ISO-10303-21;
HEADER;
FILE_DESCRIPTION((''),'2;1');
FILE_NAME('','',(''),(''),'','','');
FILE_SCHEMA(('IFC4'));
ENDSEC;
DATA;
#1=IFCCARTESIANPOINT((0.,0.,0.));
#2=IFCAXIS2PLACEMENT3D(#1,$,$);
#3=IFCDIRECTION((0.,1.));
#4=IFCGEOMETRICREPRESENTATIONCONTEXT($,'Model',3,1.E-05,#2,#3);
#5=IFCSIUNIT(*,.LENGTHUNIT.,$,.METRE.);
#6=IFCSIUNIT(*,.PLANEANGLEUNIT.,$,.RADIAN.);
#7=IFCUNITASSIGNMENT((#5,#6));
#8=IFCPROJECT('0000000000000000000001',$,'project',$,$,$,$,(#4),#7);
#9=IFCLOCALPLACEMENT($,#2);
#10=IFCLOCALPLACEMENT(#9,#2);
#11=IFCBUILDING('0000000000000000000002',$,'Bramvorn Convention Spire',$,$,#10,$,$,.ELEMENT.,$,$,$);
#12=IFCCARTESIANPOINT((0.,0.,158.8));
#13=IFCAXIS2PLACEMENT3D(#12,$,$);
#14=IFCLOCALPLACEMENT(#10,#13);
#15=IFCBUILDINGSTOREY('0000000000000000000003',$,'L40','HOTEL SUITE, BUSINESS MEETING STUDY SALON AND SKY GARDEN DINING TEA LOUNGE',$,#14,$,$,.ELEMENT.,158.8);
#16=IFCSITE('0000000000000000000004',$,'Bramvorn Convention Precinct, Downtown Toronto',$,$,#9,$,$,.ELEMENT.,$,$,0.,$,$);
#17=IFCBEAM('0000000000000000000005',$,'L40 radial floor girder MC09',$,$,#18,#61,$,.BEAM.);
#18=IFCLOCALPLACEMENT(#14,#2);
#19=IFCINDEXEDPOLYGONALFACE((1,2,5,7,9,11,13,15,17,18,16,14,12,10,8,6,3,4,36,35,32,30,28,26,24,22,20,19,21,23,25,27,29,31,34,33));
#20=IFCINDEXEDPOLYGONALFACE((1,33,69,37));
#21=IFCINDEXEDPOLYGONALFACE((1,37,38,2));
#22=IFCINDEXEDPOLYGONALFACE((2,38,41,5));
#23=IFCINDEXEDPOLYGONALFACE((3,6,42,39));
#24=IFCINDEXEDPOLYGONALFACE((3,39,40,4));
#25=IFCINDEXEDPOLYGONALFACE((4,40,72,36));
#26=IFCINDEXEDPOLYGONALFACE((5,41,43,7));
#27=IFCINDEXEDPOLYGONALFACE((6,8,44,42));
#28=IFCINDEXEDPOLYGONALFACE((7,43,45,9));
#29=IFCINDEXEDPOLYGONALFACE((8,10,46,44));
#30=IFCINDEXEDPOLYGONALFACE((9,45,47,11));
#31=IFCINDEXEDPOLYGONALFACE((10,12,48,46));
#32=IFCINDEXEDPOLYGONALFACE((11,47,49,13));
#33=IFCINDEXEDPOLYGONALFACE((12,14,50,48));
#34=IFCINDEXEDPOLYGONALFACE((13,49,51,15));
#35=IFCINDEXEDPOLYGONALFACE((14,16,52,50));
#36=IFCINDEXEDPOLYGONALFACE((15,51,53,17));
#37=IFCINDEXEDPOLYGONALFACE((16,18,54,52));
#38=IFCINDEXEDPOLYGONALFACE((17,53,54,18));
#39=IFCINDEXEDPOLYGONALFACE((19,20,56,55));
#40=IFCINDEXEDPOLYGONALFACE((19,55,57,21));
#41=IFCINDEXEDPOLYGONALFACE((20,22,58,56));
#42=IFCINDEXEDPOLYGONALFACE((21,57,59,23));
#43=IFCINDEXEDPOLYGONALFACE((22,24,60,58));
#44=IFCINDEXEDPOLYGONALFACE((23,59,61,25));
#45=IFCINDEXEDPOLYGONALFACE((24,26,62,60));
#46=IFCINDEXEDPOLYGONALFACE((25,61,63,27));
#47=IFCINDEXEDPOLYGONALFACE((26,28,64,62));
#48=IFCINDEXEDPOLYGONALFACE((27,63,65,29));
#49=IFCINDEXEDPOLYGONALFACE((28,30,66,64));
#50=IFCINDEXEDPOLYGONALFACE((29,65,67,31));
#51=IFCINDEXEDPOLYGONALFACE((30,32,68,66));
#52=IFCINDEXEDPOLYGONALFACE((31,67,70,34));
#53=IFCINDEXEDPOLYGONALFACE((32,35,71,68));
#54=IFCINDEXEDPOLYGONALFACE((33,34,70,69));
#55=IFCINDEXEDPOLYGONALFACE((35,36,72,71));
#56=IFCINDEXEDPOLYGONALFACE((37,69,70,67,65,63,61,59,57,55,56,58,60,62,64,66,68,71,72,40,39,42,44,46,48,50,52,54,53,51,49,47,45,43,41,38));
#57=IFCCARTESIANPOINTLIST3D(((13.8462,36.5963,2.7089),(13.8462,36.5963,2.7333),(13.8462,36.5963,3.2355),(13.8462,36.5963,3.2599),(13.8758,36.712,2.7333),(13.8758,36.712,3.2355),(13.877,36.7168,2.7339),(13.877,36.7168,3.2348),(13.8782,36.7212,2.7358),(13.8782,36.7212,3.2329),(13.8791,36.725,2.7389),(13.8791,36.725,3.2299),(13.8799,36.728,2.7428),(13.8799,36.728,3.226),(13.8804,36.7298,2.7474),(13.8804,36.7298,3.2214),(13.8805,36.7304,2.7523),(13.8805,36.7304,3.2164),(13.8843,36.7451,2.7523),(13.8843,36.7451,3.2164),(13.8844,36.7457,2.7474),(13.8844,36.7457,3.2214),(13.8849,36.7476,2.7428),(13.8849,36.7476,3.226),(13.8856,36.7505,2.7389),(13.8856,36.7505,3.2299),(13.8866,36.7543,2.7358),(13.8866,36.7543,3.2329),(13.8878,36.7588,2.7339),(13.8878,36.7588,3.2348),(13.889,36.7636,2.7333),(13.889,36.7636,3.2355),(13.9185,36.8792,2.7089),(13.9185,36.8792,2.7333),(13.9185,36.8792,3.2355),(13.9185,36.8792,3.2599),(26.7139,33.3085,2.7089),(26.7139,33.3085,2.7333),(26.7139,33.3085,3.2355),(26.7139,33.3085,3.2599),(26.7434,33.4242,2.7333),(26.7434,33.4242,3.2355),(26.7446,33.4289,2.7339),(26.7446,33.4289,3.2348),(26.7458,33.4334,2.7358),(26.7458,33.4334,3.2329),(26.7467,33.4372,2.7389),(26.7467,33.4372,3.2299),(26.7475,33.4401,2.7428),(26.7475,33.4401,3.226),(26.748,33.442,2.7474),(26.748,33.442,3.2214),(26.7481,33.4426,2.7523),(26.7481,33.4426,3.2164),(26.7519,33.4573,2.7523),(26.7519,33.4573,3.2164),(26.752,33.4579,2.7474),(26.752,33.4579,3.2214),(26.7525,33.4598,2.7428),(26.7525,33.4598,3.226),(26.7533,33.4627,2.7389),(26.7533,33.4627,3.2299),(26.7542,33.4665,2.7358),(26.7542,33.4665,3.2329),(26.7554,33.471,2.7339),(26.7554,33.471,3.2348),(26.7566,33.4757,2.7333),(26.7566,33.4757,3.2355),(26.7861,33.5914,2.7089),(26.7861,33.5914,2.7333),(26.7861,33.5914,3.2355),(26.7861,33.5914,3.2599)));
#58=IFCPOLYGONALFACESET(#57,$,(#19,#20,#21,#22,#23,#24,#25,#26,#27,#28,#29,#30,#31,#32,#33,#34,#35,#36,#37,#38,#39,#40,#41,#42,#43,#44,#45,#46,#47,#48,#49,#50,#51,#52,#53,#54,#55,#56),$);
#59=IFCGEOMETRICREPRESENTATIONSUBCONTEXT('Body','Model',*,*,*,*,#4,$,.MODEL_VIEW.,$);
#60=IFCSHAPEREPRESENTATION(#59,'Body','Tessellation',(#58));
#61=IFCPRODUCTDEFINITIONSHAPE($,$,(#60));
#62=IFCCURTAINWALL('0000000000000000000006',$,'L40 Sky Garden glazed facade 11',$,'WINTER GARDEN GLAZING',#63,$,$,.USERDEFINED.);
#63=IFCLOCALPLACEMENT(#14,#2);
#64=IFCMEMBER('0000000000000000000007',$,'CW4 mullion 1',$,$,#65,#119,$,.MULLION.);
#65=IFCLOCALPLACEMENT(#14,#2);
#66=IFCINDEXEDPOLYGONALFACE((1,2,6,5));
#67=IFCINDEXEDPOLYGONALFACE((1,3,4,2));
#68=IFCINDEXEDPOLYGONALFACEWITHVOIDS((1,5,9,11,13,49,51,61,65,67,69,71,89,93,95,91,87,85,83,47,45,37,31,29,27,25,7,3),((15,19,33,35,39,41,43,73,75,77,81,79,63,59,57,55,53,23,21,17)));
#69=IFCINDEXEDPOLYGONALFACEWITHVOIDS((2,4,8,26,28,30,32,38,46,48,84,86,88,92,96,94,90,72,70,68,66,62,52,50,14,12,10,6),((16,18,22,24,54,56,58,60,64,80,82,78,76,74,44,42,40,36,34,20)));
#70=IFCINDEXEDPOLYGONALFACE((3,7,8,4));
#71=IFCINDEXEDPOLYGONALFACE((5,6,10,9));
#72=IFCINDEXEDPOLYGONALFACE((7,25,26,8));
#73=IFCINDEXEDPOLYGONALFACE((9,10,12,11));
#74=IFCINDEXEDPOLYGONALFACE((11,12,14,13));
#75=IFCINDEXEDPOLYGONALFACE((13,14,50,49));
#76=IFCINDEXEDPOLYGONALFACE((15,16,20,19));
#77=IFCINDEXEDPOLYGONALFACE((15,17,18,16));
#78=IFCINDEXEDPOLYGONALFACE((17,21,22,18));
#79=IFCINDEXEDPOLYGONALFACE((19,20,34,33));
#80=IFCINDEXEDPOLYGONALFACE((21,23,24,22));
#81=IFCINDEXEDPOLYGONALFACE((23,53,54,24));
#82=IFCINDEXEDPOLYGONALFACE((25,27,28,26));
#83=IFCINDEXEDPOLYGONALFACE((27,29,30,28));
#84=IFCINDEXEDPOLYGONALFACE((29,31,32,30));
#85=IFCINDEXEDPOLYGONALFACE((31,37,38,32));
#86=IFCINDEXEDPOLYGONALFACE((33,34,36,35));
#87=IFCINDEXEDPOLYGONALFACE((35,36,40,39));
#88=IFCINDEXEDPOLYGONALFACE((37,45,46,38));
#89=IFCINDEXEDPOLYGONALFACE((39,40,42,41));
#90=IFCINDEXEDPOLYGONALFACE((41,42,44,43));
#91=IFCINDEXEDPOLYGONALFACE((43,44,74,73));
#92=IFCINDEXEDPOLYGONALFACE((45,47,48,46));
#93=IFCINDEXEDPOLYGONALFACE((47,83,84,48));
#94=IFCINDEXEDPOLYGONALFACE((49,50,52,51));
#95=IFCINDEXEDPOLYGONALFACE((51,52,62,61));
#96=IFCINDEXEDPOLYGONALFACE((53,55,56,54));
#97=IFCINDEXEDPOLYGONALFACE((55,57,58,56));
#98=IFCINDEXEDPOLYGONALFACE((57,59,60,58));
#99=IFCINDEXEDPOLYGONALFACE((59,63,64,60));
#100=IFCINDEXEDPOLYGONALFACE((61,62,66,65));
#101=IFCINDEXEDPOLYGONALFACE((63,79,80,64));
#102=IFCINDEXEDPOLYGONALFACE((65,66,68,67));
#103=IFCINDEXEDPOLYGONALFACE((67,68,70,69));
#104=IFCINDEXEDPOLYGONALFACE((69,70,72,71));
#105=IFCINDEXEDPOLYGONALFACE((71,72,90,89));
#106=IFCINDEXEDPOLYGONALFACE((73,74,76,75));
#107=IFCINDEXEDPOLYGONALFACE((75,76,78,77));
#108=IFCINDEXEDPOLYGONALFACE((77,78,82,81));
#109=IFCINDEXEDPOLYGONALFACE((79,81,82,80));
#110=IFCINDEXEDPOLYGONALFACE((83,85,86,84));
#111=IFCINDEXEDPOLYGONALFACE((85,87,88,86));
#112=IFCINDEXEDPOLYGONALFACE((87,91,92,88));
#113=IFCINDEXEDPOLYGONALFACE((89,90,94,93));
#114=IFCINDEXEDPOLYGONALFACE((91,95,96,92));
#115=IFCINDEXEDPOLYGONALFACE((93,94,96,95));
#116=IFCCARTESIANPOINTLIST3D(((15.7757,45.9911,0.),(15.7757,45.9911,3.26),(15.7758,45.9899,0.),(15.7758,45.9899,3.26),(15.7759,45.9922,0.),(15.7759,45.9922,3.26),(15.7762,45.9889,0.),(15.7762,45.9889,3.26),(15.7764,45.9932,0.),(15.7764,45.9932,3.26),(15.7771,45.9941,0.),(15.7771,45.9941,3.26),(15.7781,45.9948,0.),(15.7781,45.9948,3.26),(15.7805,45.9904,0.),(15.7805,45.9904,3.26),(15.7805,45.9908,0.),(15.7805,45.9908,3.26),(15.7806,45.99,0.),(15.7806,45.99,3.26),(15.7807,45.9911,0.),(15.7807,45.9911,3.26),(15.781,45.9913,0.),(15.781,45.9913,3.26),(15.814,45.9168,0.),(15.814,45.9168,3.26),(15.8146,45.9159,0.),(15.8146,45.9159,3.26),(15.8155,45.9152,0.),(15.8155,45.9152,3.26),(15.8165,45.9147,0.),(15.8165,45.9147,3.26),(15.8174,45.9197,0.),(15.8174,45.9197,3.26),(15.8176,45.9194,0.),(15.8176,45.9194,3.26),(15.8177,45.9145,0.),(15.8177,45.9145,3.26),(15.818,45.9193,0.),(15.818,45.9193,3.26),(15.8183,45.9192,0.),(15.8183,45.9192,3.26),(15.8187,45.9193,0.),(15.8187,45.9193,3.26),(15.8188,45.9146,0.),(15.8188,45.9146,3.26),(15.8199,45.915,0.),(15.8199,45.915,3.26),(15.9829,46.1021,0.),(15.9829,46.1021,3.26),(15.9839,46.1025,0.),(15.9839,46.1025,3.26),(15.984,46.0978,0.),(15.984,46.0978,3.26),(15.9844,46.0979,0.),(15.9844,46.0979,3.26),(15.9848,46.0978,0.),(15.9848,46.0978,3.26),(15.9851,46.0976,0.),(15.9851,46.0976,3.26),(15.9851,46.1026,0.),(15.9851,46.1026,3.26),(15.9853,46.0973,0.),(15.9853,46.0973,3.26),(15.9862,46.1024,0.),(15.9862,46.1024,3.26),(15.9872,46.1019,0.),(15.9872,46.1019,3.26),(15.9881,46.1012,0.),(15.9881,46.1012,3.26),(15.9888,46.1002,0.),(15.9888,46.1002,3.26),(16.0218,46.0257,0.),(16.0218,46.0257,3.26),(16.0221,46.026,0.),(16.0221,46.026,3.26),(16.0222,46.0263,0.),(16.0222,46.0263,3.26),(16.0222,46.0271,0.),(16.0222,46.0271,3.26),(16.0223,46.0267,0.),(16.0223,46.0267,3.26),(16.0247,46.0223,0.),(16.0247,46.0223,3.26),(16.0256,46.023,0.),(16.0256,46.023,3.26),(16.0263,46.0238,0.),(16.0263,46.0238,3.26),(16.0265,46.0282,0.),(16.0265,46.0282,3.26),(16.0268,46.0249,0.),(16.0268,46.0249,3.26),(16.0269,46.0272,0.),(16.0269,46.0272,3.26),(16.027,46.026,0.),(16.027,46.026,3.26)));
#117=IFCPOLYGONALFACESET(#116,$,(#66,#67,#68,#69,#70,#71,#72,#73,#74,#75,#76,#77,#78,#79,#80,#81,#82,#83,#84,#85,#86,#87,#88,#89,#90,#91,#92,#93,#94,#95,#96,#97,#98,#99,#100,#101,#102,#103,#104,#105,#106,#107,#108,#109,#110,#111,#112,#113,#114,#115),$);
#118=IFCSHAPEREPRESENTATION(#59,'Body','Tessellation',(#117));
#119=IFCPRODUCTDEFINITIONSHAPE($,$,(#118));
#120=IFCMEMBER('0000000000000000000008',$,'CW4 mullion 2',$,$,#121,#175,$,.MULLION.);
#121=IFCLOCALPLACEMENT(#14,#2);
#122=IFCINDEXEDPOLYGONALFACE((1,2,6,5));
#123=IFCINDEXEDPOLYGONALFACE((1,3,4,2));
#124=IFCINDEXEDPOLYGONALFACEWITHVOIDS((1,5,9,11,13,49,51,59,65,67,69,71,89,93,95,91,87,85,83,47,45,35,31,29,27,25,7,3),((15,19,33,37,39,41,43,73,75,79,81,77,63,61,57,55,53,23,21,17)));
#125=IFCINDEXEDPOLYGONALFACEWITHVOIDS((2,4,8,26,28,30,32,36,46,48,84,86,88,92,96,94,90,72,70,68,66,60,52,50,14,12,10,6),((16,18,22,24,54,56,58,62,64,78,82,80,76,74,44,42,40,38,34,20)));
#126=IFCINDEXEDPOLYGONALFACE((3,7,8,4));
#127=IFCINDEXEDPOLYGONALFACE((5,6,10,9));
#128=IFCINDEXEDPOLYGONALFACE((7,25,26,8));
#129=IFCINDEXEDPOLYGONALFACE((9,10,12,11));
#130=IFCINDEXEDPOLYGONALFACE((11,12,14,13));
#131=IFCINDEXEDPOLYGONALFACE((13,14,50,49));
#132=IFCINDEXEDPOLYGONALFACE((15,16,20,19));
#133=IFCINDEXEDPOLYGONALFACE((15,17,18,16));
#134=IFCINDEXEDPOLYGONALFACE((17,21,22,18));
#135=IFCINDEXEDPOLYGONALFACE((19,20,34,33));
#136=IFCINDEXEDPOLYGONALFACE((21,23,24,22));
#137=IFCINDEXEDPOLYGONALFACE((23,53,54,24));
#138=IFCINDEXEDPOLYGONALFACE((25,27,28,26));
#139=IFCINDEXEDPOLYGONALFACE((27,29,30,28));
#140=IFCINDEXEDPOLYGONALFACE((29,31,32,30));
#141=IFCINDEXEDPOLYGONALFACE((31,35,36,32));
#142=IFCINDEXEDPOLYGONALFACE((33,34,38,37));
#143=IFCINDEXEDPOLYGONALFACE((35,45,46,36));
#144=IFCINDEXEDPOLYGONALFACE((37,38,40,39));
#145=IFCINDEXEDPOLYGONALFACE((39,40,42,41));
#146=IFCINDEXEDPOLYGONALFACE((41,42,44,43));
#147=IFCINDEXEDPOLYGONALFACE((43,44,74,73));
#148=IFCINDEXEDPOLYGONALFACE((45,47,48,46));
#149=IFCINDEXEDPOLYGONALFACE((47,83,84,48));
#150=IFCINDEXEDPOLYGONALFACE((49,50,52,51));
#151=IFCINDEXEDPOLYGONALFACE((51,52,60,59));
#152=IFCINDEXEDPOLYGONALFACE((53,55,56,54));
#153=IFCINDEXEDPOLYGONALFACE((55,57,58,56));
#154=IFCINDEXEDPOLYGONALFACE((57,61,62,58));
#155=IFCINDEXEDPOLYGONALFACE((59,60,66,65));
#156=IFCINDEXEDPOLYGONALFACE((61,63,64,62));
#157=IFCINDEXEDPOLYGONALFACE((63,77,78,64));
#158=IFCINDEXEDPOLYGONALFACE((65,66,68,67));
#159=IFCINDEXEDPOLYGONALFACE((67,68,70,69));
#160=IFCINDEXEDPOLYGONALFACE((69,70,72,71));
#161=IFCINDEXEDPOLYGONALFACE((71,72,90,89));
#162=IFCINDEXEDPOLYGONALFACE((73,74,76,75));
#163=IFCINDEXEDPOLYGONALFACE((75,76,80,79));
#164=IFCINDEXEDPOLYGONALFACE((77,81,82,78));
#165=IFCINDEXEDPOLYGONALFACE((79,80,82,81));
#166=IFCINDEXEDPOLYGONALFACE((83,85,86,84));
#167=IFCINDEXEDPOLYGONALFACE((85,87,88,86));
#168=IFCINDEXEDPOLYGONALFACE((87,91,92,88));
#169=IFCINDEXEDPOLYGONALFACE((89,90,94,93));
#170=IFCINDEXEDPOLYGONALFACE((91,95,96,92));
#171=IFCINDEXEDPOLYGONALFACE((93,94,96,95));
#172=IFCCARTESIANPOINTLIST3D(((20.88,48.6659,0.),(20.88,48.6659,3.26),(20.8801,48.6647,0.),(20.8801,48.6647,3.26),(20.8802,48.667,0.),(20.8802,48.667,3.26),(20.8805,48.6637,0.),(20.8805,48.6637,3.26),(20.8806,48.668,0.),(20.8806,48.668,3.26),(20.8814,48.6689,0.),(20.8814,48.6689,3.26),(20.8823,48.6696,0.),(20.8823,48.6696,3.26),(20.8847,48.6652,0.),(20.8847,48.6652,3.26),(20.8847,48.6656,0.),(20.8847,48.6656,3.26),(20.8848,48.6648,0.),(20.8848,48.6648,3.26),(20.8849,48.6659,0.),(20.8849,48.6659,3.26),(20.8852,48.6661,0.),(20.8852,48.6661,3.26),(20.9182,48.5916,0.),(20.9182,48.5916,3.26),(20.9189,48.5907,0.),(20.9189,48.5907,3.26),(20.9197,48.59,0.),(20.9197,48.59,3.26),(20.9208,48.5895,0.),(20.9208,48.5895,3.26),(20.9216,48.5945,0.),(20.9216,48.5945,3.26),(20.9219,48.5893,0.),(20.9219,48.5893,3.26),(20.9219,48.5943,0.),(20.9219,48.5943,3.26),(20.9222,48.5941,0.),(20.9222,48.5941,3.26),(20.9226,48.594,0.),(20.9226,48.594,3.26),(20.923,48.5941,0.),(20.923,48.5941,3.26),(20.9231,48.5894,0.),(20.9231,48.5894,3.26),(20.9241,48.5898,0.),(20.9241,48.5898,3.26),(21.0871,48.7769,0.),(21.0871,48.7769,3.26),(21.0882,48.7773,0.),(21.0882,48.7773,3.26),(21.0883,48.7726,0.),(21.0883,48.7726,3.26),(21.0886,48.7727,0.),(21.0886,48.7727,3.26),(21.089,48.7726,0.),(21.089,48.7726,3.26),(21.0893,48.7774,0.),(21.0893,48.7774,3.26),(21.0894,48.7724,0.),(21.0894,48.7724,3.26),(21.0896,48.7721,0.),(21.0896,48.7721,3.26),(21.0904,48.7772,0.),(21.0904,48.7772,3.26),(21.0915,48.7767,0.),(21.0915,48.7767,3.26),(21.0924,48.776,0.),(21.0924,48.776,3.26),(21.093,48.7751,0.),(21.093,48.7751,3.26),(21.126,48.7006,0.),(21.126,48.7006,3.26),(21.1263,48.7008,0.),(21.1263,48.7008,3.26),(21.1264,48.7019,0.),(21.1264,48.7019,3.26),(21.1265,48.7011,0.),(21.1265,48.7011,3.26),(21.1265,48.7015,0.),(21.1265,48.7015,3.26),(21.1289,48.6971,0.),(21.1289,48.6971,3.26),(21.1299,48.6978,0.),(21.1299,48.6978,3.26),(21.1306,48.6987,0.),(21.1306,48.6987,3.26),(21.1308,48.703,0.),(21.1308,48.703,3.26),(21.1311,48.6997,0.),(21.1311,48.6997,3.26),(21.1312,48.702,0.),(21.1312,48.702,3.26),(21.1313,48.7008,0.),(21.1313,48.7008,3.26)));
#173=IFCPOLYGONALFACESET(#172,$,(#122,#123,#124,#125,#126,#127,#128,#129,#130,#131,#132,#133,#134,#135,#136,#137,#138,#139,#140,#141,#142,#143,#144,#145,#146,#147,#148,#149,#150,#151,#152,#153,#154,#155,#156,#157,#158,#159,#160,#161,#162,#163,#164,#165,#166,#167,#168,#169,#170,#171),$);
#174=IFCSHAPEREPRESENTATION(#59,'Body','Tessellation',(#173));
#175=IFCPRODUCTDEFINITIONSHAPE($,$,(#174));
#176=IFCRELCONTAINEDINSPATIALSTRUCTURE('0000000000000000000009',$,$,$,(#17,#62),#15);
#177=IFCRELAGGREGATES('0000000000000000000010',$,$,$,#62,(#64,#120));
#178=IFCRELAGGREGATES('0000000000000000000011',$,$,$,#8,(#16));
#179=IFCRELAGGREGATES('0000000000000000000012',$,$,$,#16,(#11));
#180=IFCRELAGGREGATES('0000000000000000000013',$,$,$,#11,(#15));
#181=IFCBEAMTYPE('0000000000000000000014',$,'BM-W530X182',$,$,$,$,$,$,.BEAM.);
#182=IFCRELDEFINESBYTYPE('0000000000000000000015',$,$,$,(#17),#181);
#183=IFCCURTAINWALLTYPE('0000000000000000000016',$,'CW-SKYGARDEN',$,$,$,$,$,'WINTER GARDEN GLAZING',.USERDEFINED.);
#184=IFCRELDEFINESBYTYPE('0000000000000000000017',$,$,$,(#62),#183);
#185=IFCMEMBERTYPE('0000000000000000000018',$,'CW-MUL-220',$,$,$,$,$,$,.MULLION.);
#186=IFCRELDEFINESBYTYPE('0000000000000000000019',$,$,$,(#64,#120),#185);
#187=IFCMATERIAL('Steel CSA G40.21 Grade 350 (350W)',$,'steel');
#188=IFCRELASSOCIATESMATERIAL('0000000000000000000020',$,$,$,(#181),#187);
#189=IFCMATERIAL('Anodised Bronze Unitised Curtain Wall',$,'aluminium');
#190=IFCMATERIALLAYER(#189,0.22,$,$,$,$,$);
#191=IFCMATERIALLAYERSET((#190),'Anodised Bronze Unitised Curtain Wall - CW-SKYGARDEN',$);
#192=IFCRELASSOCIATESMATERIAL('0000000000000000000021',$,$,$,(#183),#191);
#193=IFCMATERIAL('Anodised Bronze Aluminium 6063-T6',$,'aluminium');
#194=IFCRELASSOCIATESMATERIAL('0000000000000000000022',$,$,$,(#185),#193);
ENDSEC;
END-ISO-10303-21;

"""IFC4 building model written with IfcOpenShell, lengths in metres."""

from ifc_helpers import new_model, si_unit, direction, frame, origin, origin_2d, place, context, subcontext, project, spatial, hollow_rectangle, i_section, extrude, material, layer, layer_set, material_profile, profile_set, type_object, element, aggregate, save


model = new_model("IFC4")

# Units and contexts
model_context = context("Model", 3, precision=1e-05, world=origin(), true_north=direction((0.0, 1.0)))
body_context = subcontext(model_context, "Body", "Model", "MODEL_VIEW")
ifc_project = project(units=[si_unit("LENGTHUNIT", "METRE"), si_unit("PLANEANGLEUNIT", "RADIAN")], contexts=[model_context])

# Site, building, storey
site_placement = place(None, origin())
site = spatial("IfcSite", under=ifc_project, at=site_placement, Name="Bramvorn Convention Precinct, Downtown Toronto", CompositionType="ELEMENT", RefElevation=0.0)
building_placement = place(site_placement, origin())
building = spatial("IfcBuilding", under=site, at=building_placement, Name="Bramvorn Convention Spire", CompositionType="ELEMENT")
storey_placement = place(building_placement, frame((0.0, 0.0, 158.8)))
storey = spatial("IfcBuildingStorey", under=building, at=storey_placement, Name="L40", Description="HOTEL SUITE, BUSINESS MEETING STUDY SALON AND SKY GARDEN DINING TEA LOUNGE", CompositionType="ELEMENT", Elevation=158.8)

# Shared definitions
ifc_material_1 = material(Name="Steel CSA G40.21 Grade 350 (350W)", Category="steel")

# Beam
ifc_material_profile_1 = material_profile(ifc_material_1, i_section(OverallWidth=0.292, OverallDepth=0.551, WebThickness=0.0151, FlangeThickness=0.0244, FilletRadius=0.019, at=origin_2d()))
ifc_profile_set_1 = profile_set([ifc_material_profile_1], Name="Steel CSA G40.21 Grade 350 (350W) - W530X182")
beam_type_1 = type_object("IfcBeamType", Name="BM-W530X182", PredefinedType="BEAM", material=ifc_profile_set_1)
beam_1_placement = place(storey_placement, frame((26.75, 33.45, 2.9844), z_axis=(-0.968873, 0.247558, 0.0), x_axis=(-0.247558, -0.968873, 0.0)))
element("IfcBeam", 1, at=beam_1_placement, inside=storey, type_object=beam_type_1, Name="L40 radial floor girder MC09", PredefinedType="BEAM", context=body_context, shape_type="SweptSolid", body=[
    extrude(i_section(OverallWidth=0.292, OverallDepth=0.551, WebThickness=0.0151, FlangeThickness=0.0244, FilletRadius=0.019, at=origin_2d()), origin(), (0.0, 0.0, 1.0), 13.281),
])

# Curtain wall, members
ifc_material_2 = material(Name="Anodised Bronze Unitised Curtain Wall", Category="aluminium")
ifc_layer_1 = layer(ifc_material_2, 0.22)
ifc_layer_set_1 = layer_set([ifc_layer_1], Name="Anodised Bronze Unitised Curtain Wall - CW-SKYGARDEN")
curtain_wall_type = type_object("IfcCurtainWallType", Name="CW-SKYGARDEN", ElementType="WINTER GARDEN GLAZING", PredefinedType="USERDEFINED", material=ifc_layer_set_1)
curtain_wall_1_placement = place(storey_placement, origin())
curtain_wall_1 = element("IfcCurtainWall", 2, at=curtain_wall_1_placement, inside=storey, type_object=curtain_wall_type, Name="L40 Sky Garden glazed facade 11", ObjectType="WINTER GARDEN GLAZING", PredefinedType="USERDEFINED")
ifc_material_3 = material(Name="Anodised Bronze Aluminium 6063-T6", Category="aluminium")
ifc_material_profile_2 = material_profile(ifc_material_3, hollow_rectangle(XDim=0.0901, YDim=0.24, WallThickness=0.0044, InnerFilletRadius=0.001, OuterFilletRadius=0.0044, at=origin_2d()))
ifc_profile_set_2 = profile_set([ifc_material_profile_2], Name="Anodised Bronze Aluminium 6063-T6 - CWM90X240")
member_type_1 = type_object("IfcMemberType", Name="CW-MUL-220", PredefinedType="MULLION", material=ifc_profile_set_2)
member_1_placement = place(storey_placement, frame((15.9014, 46.0085, 0.0), z_axis=(0.0, 0.0, 1.0), x_axis=(-0.464183, 0.885739, 0.0)))
member_1 = element("IfcMember", 3, at=member_1_placement, type_object=member_type_1, Name="CW4 mullion 1", PredefinedType="MULLION", context=body_context, shape_type="SweptSolid", body=[
    extrude(hollow_rectangle(XDim=0.0901, YDim=0.24, WallThickness=0.0044, InnerFilletRadius=0.001, OuterFilletRadius=0.0044, at=origin_2d()), origin(), (0.0, 0.0, 1.0), 3.26),
])
member_2_placement = place(storey_placement, frame((21.0056, 48.6833, 0.0), z_axis=(0.0, 0.0, 1.0), x_axis=(-0.464183, 0.885739, 0.0)))
member_2 = element("IfcMember", 4, at=member_2_placement, type_object=member_type_1, Name="CW4 mullion 2", PredefinedType="MULLION", context=body_context, shape_type="SweptSolid", body=[
    extrude(hollow_rectangle(XDim=0.0901, YDim=0.24, WallThickness=0.0044, InnerFilletRadius=0.001, OuterFilletRadius=0.0044, at=origin_2d()), origin(), (0.0, 0.0, 1.0), 3.26),
])

aggregate(curtain_wall_1, [member_1, member_2])

save(model, "model.ifc")
